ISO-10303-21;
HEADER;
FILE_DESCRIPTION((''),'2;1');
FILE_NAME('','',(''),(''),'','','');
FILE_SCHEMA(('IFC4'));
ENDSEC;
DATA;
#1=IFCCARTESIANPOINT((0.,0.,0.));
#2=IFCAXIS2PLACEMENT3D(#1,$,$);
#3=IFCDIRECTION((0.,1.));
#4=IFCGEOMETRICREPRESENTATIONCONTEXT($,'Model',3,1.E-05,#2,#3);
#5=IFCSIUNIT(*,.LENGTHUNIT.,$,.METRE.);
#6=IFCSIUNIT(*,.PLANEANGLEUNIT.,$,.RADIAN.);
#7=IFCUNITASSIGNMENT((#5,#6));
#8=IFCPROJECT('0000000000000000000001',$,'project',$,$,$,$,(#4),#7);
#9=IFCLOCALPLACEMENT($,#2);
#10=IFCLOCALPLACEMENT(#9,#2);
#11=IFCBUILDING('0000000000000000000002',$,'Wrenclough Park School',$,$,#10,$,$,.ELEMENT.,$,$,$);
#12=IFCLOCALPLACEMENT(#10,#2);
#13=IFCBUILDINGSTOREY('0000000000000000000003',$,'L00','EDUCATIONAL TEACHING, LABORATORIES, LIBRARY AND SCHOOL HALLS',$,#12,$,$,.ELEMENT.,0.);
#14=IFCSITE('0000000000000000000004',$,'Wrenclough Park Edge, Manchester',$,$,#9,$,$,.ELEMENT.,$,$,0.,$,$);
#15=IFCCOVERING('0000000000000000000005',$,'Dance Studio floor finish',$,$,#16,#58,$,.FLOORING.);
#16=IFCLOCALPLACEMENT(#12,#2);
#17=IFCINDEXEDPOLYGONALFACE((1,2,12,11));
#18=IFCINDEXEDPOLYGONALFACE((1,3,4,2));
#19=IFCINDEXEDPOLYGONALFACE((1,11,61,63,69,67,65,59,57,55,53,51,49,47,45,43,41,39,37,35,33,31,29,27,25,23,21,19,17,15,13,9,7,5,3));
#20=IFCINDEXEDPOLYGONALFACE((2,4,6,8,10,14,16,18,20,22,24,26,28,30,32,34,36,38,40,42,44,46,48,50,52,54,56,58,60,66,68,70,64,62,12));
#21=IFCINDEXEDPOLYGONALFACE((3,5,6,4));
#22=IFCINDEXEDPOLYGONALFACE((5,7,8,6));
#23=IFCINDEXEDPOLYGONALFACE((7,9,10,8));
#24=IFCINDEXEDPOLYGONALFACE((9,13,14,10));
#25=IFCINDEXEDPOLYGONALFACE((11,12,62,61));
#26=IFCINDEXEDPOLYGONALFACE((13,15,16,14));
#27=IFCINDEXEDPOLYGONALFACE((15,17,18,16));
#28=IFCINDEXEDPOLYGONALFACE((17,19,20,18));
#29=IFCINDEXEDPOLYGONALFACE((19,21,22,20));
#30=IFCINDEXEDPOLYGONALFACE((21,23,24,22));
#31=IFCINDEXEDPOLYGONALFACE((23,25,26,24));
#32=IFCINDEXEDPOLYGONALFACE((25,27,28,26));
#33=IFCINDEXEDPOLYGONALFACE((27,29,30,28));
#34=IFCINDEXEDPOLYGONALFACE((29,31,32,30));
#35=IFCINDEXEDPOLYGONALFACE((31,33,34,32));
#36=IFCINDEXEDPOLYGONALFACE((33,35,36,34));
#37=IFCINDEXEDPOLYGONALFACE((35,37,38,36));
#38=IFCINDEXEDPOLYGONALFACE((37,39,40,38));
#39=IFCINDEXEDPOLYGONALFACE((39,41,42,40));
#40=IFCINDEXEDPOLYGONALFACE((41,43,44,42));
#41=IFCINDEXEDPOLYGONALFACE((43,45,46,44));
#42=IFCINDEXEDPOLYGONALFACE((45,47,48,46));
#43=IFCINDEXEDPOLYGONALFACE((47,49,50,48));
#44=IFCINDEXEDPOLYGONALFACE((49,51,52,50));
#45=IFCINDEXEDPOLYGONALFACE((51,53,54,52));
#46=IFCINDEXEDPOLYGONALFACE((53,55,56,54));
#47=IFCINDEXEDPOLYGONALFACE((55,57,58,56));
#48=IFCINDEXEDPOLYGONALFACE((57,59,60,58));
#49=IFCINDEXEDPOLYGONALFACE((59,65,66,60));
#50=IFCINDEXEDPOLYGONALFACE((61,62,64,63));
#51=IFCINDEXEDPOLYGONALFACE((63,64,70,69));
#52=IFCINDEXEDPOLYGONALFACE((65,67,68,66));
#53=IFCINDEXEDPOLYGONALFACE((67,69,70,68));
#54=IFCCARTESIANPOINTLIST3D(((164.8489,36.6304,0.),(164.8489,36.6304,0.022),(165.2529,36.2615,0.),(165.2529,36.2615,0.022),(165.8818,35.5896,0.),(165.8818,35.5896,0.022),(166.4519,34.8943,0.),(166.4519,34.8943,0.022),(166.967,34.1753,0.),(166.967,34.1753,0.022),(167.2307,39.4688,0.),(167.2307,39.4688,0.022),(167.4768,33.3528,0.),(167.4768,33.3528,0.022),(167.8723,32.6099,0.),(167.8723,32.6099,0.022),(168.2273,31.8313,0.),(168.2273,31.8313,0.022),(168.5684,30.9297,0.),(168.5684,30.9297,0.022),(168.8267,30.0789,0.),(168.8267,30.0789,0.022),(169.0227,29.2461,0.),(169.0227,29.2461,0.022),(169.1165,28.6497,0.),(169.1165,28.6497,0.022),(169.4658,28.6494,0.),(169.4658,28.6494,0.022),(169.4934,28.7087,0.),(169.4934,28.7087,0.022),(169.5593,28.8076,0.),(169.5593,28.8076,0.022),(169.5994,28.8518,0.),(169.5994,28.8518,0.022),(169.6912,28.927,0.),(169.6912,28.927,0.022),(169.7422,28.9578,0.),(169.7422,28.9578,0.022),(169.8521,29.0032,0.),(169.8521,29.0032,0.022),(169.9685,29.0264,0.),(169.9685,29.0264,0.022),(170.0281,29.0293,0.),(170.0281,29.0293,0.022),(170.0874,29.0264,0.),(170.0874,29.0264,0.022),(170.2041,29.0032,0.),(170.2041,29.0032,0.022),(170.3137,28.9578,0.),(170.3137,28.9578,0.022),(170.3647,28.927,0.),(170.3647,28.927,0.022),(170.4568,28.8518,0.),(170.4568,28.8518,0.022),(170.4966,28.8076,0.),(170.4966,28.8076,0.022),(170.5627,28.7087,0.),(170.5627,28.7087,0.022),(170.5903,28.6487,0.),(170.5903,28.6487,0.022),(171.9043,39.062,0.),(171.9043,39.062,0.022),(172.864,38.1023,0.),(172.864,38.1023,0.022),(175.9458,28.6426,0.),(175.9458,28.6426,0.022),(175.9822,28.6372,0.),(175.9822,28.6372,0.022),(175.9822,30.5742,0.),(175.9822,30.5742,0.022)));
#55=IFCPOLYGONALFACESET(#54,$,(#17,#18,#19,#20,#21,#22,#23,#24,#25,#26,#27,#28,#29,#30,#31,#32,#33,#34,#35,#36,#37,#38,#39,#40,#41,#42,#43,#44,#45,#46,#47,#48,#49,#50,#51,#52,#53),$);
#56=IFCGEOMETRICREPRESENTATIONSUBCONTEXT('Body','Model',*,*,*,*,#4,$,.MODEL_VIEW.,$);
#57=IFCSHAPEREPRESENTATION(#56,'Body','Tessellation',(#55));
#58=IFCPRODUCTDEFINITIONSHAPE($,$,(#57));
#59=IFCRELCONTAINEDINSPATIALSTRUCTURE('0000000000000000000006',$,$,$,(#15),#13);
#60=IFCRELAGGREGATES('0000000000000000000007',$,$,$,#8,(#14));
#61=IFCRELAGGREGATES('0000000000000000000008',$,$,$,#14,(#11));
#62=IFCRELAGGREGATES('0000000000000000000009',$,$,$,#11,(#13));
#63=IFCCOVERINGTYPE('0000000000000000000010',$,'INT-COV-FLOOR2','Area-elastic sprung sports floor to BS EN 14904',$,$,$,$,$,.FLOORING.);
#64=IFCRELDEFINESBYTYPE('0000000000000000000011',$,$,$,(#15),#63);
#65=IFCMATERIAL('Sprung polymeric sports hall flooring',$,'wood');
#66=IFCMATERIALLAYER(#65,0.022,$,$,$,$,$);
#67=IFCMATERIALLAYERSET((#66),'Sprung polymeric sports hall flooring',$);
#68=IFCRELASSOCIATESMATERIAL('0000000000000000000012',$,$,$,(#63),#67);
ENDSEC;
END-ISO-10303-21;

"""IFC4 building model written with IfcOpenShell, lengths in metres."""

from ifc_helpers import new_model, si_unit, direction, origin, place, context, subcontext, project, spatial, polyline, outline, extrude, material, layer, layer_set, type_object, element, save


model = new_model("IFC4")

# Units and contexts
model_context = context("Model", 3, precision=1e-05, world=origin(), true_north=direction((0.0, 1.0)))
body_context = subcontext(model_context, "Body", "Model", "MODEL_VIEW")
ifc_project = project(units=[si_unit("LENGTHUNIT", "METRE"), si_unit("PLANEANGLEUNIT", "RADIAN")], contexts=[model_context])

# Site, building, storey
site_placement = place(None, origin())
site = spatial("IfcSite", under=ifc_project, at=site_placement, Name="Wrenclough Park Edge, Manchester", CompositionType="ELEMENT", RefElevation=0.0)
building_placement = place(site_placement, origin())
building = spatial("IfcBuilding", under=site, at=building_placement, Name="Wrenclough Park School", CompositionType="ELEMENT")
storey_placement = place(building_placement, origin())
storey = spatial("IfcBuildingStorey", under=building, at=storey_placement, Name="L00", Description="EDUCATIONAL TEACHING, LABORATORIES, LIBRARY AND SCHOOL HALLS", CompositionType="ELEMENT", Elevation=0.0)

# Covering
ifc_material_1 = material(Name="Sprung polymeric sports hall flooring", Category="wood")
ifc_layer_1 = layer(ifc_material_1, 0.022)
ifc_layer_set_1 = layer_set([ifc_layer_1], Name="Sprung polymeric sports hall flooring")
covering_type_1 = type_object("IfcCoveringType", Name="INT-COV-FLOOR2", Description="Area-elastic sprung sports floor to BS EN 14904", PredefinedType="FLOORING", material=ifc_layer_set_1)
covering_1_placement = place(storey_placement, origin())
element("IfcCovering", 1, at=covering_1_placement, inside=storey, type_object=covering_type_1, Name="Dance Studio floor finish", PredefinedType="FLOORING", context=body_context, shape_type="SweptSolid", body=[
    extrude(outline(polyline([(175.9458, 28.6426), (175.9822, 28.6372), (175.9822, 30.5742), (172.864, 38.1023), (171.9043, 39.062), (167.2307, 39.4688), (164.8489, 36.6304), (165.2529, 36.2615), (165.8818, 35.5896), (166.4519, 34.8943), (166.967, 34.1753), (167.4768, 33.3528), (167.8723, 32.6099), (168.2273, 31.8313), (168.5684, 30.9297), (168.8267, 30.0789), (169.0227, 29.2461), (169.1165, 28.6497), (169.4658, 28.6494), (169.4934, 28.7087), (169.5593, 28.8076), (169.5994, 28.8518), (169.6912, 28.927), (169.7422, 28.9578), (169.8521, 29.0032), (169.9685, 29.0264), (170.0281, 29.0293), (170.0874, 29.0264), (170.2041, 29.0032), (170.3137, 28.9578), (170.3647, 28.927), (170.4568, 28.8518), (170.4966, 28.8076), (170.5627, 28.7087), (170.5903, 28.6487), (175.9458, 28.6426)])), origin(), (0.0, 0.0, 1.0), 0.022),
])

save(model, "model.ifc")
